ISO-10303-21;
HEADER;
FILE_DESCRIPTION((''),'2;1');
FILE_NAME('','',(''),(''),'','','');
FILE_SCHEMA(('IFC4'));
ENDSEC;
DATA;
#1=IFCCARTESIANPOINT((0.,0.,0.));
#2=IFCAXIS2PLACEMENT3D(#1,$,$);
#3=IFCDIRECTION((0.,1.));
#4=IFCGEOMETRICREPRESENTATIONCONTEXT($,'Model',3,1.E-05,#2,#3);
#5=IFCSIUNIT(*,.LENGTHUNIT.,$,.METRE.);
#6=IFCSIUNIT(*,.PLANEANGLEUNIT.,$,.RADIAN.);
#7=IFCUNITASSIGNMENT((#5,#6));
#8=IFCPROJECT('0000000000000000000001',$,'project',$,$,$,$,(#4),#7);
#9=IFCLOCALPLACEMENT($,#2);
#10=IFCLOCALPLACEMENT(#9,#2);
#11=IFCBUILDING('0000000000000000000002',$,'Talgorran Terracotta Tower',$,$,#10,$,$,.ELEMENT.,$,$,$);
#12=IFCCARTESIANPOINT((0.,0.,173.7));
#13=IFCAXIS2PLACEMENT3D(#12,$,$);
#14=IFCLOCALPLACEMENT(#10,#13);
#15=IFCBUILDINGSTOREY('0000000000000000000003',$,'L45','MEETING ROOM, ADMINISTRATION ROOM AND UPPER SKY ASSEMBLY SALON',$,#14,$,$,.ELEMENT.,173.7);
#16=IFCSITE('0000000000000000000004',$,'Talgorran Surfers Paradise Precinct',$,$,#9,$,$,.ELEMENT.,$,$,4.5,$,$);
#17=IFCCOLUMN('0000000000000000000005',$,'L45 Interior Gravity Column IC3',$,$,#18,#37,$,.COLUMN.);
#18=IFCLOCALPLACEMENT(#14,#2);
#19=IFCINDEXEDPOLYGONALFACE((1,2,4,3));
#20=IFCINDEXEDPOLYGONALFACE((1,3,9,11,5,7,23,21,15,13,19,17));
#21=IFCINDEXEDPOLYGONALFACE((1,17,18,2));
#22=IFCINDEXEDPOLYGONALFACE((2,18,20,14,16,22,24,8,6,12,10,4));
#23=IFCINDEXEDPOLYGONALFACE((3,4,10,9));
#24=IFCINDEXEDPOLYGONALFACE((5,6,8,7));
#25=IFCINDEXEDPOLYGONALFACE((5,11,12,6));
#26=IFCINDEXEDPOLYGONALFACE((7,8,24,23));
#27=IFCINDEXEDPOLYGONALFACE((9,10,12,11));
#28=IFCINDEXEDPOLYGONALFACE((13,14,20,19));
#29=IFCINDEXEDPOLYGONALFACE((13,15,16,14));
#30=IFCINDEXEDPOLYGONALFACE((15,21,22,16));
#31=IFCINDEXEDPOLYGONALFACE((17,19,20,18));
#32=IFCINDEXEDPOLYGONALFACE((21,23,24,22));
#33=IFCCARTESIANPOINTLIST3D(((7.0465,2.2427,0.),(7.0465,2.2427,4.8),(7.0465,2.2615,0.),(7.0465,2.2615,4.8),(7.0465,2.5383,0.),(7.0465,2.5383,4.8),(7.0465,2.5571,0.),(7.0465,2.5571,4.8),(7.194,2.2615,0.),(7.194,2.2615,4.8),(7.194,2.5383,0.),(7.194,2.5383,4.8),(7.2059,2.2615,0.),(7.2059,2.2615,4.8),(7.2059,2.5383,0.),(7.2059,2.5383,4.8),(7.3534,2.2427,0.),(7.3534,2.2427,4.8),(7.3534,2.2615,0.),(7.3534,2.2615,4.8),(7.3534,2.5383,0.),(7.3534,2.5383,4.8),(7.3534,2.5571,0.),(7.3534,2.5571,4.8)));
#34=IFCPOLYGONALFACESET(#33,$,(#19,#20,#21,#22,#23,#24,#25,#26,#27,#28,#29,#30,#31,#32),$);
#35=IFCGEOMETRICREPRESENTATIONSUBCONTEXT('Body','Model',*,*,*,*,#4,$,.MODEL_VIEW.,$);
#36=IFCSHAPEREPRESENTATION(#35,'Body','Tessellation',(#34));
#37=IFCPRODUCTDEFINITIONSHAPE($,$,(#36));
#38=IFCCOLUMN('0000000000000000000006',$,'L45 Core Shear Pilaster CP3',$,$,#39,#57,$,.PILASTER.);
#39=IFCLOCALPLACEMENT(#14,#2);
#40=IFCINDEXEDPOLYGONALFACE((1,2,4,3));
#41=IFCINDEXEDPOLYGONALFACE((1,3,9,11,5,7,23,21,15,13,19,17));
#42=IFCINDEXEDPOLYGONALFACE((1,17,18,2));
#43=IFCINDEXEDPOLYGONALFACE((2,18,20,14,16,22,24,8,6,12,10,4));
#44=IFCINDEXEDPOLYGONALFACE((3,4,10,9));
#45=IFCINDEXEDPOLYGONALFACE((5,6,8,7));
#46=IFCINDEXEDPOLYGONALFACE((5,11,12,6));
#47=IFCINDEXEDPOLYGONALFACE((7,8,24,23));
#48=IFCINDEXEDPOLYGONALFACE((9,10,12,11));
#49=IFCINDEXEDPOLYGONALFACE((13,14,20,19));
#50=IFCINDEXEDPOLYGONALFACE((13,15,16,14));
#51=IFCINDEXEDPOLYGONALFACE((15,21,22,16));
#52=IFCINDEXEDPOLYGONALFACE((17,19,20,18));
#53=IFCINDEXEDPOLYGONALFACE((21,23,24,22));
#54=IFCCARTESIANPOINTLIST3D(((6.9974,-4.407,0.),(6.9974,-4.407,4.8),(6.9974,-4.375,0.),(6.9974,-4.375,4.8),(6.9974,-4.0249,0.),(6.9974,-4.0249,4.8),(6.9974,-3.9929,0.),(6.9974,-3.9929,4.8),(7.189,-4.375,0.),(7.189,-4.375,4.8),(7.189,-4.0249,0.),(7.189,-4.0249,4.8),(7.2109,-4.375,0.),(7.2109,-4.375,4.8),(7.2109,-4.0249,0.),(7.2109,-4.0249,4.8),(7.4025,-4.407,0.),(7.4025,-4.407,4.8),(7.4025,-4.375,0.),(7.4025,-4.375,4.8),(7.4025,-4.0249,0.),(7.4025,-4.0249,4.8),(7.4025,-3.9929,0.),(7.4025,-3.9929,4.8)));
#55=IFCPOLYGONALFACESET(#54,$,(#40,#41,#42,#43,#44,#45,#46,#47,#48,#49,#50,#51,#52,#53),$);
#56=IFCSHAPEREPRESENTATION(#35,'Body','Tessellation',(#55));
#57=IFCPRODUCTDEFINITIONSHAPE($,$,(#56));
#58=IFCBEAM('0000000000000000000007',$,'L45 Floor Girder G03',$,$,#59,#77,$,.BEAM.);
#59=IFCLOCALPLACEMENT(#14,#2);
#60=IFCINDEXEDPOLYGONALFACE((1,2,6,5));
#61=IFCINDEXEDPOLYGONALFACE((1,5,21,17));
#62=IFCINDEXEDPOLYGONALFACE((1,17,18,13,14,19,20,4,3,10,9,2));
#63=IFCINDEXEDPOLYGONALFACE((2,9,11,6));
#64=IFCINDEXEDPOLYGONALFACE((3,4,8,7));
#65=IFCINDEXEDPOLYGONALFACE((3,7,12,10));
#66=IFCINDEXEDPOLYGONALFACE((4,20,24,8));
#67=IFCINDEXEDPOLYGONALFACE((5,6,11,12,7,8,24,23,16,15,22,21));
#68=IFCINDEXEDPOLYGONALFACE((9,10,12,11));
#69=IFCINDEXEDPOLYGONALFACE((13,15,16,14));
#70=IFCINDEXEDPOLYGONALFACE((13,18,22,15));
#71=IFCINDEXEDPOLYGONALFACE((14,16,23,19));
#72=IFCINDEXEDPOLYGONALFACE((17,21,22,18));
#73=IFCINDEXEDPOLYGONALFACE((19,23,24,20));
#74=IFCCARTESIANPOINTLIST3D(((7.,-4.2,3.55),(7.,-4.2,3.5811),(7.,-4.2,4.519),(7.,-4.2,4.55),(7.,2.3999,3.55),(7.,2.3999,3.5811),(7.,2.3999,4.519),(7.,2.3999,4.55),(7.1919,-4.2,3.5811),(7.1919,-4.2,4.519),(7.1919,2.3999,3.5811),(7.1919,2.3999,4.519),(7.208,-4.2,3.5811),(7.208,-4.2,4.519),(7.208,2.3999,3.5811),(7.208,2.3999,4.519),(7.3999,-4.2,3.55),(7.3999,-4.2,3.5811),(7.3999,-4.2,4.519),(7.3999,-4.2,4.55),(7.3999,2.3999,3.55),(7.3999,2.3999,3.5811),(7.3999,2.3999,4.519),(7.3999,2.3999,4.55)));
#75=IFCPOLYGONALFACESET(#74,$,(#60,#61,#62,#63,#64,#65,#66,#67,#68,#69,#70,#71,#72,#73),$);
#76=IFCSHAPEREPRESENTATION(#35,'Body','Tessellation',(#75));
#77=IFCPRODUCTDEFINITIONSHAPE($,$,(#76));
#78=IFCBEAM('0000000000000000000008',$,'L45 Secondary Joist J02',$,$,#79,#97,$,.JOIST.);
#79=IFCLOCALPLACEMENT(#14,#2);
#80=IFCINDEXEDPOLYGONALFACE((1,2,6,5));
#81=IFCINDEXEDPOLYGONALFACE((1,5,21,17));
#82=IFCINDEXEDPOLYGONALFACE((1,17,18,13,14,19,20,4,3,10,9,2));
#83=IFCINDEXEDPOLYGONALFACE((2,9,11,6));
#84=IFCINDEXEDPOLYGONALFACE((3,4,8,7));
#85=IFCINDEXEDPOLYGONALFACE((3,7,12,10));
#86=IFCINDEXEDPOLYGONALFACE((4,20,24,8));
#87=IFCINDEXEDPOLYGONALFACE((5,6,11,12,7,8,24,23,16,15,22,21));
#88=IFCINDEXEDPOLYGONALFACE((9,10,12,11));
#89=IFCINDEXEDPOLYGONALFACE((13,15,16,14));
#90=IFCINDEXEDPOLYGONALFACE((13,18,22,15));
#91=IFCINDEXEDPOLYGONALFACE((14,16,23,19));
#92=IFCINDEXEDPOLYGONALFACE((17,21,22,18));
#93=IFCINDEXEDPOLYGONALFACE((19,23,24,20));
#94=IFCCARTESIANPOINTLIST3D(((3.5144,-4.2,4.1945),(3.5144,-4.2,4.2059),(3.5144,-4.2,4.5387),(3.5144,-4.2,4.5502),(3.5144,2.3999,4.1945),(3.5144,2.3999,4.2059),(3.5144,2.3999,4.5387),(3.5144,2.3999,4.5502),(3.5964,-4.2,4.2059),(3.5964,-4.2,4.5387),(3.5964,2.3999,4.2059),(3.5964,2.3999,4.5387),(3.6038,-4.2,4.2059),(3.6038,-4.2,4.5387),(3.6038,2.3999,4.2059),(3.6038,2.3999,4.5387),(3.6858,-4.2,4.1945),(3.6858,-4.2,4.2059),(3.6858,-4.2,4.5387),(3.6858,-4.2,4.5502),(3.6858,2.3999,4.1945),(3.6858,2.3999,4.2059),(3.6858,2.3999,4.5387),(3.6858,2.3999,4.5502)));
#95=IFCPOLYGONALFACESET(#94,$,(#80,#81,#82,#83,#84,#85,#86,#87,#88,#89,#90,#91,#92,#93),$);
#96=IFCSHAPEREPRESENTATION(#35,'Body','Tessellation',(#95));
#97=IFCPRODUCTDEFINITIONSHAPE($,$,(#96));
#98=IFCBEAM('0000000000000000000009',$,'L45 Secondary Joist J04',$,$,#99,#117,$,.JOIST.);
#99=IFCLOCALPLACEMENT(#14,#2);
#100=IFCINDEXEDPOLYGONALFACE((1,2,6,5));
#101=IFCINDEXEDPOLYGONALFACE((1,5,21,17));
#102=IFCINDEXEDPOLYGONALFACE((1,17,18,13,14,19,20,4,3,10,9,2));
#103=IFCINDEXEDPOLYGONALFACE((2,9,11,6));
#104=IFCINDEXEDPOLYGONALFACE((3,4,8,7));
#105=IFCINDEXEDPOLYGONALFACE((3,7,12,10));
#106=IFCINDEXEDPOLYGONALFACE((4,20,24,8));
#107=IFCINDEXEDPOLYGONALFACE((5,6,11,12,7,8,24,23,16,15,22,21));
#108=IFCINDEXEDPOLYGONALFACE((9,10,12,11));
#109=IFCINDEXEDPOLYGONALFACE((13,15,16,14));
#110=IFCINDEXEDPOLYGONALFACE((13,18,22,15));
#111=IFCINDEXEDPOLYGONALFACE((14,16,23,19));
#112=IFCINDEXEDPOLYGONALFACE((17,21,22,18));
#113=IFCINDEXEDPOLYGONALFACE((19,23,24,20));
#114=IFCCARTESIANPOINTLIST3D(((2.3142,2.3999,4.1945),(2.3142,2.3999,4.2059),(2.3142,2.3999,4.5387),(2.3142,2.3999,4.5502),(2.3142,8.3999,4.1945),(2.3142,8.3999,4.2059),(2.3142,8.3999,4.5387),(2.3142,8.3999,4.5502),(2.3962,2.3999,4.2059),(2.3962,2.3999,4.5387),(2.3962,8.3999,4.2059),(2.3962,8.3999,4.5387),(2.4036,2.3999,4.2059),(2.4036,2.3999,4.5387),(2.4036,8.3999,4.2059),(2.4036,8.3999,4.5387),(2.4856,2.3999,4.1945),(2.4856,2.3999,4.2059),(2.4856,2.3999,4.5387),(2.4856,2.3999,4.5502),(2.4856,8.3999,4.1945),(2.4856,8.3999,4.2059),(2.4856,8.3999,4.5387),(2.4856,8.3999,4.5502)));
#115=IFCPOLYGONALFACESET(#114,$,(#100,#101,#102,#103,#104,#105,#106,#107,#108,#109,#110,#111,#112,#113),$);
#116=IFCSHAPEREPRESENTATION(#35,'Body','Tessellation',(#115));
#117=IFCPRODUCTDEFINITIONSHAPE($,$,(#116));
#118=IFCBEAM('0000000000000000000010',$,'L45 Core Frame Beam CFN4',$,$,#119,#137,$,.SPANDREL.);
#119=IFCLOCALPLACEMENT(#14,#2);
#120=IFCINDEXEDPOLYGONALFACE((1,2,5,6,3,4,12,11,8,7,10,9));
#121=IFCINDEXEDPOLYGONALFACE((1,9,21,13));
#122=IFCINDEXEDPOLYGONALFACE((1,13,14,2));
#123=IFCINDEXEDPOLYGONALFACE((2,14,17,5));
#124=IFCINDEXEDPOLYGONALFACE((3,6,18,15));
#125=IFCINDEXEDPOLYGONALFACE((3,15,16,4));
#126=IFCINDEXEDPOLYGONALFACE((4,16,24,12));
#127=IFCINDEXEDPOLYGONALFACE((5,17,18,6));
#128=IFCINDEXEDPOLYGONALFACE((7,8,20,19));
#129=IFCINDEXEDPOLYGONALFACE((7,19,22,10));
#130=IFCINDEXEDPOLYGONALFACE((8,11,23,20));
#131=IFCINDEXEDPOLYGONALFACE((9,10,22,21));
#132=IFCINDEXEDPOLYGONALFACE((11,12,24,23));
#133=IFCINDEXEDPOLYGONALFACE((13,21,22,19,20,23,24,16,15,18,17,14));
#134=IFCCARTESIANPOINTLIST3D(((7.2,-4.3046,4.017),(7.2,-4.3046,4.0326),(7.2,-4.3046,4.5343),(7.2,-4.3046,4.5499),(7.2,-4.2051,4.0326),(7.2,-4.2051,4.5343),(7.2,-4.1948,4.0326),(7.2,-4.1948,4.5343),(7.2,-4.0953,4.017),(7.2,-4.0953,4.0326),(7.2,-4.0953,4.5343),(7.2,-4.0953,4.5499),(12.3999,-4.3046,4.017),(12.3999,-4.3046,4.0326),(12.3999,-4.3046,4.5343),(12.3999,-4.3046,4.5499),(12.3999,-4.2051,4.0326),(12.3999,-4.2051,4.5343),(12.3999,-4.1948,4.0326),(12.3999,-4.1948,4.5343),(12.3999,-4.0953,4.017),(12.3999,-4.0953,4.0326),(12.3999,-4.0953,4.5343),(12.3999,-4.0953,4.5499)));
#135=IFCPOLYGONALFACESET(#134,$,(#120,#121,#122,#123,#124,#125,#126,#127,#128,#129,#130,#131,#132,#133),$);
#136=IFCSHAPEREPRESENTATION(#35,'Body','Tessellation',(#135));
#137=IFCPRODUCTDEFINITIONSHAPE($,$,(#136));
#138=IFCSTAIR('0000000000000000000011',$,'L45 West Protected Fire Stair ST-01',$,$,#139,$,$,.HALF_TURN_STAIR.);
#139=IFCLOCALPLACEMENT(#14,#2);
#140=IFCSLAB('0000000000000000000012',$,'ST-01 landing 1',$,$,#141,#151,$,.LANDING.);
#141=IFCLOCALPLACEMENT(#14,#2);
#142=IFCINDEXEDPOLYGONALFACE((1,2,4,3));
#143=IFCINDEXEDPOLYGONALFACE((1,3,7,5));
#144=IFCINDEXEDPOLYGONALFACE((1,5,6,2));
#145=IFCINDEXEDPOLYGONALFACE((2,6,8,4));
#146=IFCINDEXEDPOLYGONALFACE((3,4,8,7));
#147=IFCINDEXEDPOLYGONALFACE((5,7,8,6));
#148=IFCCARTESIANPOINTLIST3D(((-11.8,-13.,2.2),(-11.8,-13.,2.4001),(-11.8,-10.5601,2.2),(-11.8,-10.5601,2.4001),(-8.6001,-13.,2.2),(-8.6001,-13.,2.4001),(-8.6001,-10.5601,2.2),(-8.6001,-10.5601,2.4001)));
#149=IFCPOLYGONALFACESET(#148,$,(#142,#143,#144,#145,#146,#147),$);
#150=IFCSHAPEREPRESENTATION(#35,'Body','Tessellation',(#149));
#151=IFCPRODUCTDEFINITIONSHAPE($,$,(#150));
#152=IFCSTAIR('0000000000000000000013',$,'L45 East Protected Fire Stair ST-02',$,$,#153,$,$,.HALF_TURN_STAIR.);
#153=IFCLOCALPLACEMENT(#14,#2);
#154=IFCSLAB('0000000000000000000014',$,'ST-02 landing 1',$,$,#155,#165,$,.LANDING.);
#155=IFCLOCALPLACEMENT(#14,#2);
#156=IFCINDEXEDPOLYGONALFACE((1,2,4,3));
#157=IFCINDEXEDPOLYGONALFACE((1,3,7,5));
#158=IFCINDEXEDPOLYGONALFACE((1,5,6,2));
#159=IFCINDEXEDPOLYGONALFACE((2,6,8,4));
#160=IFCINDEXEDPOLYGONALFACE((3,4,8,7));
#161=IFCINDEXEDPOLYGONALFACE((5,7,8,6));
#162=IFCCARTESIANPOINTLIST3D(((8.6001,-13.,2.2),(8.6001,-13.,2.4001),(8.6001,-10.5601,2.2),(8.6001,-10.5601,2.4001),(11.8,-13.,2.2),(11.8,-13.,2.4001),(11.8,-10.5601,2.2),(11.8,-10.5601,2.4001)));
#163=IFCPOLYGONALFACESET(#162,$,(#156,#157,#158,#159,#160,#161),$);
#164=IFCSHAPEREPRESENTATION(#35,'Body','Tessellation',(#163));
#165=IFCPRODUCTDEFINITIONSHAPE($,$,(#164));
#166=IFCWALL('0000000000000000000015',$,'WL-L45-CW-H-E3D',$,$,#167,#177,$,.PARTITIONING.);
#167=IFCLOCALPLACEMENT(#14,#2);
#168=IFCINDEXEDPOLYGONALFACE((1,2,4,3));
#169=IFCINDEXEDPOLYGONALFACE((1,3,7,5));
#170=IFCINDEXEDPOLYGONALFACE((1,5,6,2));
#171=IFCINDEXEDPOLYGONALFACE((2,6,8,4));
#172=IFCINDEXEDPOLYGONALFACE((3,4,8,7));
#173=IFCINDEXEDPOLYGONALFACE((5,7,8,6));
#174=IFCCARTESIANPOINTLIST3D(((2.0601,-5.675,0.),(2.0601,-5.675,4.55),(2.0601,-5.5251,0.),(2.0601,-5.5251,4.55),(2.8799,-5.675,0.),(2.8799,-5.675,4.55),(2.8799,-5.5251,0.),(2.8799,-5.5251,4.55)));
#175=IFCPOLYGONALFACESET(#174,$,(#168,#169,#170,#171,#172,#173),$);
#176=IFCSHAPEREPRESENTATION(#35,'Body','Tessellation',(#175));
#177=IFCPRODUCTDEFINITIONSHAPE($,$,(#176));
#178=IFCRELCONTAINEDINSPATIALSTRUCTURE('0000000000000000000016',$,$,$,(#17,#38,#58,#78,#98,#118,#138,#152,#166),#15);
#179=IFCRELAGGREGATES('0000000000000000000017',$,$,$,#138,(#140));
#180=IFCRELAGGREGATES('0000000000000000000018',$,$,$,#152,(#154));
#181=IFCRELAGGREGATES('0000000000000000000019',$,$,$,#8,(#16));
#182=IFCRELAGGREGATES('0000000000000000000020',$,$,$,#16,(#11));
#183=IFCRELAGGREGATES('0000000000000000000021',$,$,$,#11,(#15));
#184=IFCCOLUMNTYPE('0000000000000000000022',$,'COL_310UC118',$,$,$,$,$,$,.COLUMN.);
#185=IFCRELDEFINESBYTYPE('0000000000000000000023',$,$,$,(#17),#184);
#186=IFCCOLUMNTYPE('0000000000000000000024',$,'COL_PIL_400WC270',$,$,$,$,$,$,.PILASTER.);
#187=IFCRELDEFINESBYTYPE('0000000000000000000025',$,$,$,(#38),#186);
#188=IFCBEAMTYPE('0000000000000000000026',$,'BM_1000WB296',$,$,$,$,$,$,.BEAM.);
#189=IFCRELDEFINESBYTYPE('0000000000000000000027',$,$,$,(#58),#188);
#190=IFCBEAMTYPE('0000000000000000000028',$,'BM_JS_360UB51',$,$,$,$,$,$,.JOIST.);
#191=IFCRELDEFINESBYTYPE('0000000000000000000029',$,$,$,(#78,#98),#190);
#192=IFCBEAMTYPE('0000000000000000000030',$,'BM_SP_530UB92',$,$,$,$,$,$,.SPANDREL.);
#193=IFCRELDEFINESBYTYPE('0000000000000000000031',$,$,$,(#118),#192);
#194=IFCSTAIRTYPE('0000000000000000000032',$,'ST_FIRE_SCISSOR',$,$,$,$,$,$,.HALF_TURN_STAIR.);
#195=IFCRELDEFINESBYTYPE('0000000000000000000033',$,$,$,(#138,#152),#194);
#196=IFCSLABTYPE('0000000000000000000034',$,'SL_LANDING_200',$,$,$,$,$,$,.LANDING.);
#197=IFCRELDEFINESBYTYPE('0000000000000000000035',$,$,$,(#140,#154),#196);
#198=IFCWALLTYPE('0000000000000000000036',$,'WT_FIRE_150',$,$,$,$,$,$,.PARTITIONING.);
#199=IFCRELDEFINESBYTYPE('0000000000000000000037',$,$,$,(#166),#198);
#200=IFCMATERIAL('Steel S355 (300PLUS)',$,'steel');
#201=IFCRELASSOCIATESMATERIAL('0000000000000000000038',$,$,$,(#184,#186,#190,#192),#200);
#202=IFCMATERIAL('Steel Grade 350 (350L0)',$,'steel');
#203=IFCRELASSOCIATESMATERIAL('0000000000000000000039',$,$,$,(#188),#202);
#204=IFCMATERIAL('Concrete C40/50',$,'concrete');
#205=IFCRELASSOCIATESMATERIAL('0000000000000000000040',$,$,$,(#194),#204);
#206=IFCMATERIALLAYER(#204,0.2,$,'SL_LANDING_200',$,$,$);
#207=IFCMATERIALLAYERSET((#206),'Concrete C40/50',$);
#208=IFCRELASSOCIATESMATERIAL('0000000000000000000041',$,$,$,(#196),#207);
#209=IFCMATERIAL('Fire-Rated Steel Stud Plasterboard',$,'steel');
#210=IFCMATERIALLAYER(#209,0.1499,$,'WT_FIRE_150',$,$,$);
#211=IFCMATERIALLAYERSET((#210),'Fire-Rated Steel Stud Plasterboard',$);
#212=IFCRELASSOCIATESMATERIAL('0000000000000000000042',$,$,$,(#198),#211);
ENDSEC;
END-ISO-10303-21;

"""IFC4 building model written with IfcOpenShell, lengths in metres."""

from ifc_helpers import new_model, si_unit, direction, frame, frame_2d, origin, origin_2d, place, context, subcontext, project, spatial, polyline, rectangle, i_section, outline, extrude, material, layer, layer_set, material_profile, profile_set, type_object, element, aggregate, save


model = new_model("IFC4")

# Units and contexts
model_context = context("Model", 3, precision=1e-05, world=origin(), true_north=direction((0.0, 1.0)))
body_context = subcontext(model_context, "Body", "Model", "MODEL_VIEW")
ifc_project = project(units=[si_unit("LENGTHUNIT", "METRE"), si_unit("PLANEANGLEUNIT", "RADIAN")], contexts=[model_context])

# Site, building, storey
site_placement = place(None, origin())
site = spatial("IfcSite", under=ifc_project, at=site_placement, Name="Talgorran Surfers Paradise Precinct", CompositionType="ELEMENT", RefElevation=4.5)
building_placement = place(site_placement, origin())
building = spatial("IfcBuilding", under=site, at=building_placement, Name="Talgorran Terracotta Tower", CompositionType="ELEMENT")
storey_placement = place(building_placement, frame((0.0, 0.0, 173.7)))
storey = spatial("IfcBuildingStorey", under=building, at=storey_placement, Name="L45", Description="MEETING ROOM, ADMINISTRATION ROOM AND UPPER SKY ASSEMBLY SALON", CompositionType="ELEMENT", Elevation=173.7)

# Columns
ifc_material_1 = material(Name="Steel S355 (300PLUS)", Category="steel")
ifc_material_profile_1 = material_profile(ifc_material_1, i_section(OverallWidth=0.3069, OverallDepth=0.3145, WebThickness=0.012, FlangeThickness=0.0188, at=origin_2d()), Name="310UC118")
ifc_profile_set_1 = profile_set([ifc_material_profile_1], Name="Steel S355 (300PLUS)")
column_type_1 = type_object("IfcColumnType", Name="COL_310UC118", PredefinedType="COLUMN", material=ifc_profile_set_1)
column_1_placement = place(storey_placement, frame((7.2, 2.3999, 0.0), z_axis=(0.0, 0.0, 1.0), x_axis=(1.0, 0.0, 0.0)))
element("IfcColumn", 1, at=column_1_placement, inside=storey, type_object=column_type_1, Name="L45 Interior Gravity Column IC3", PredefinedType="COLUMN", context=body_context, shape_type="SweptSolid", body=[
    extrude(i_section(OverallWidth=0.3069, OverallDepth=0.3145, WebThickness=0.012, FlangeThickness=0.0188, at=origin_2d()), origin(), (0.0, 0.0, 1.0), 4.8),
])
ifc_material_profile_2 = material_profile(ifc_material_1, i_section(OverallWidth=0.405, OverallDepth=0.4141, WebThickness=0.022, FlangeThickness=0.032, at=origin_2d()), Name="400WC270")
ifc_profile_set_2 = profile_set([ifc_material_profile_2], Name="Steel S355 (300PLUS)")
column_type_2 = type_object("IfcColumnType", Name="COL_PIL_400WC270", PredefinedType="PILASTER", material=ifc_profile_set_2)
column_2_placement = place(storey_placement, frame((7.2, -4.2, 0.0), z_axis=(0.0, 0.0, 1.0), x_axis=(1.0, 0.0, 0.0)))
element("IfcColumn", 2, at=column_2_placement, inside=storey, type_object=column_type_2, Name="L45 Core Shear Pilaster CP3", PredefinedType="PILASTER", context=body_context, shape_type="SweptSolid", body=[
    extrude(i_section(OverallWidth=0.405, OverallDepth=0.4141, WebThickness=0.022, FlangeThickness=0.032, at=origin_2d()), origin(), (0.0, 0.0, 1.0), 4.8),
])

# Beams
ifc_material_2 = material(Name="Steel Grade 350 (350L0)", Category="steel")
ifc_material_profile_3 = material_profile(ifc_material_2, i_section(OverallWidth=0.3999, OverallDepth=1.0, WebThickness=0.0161, FlangeThickness=0.031, at=origin_2d()), Name="1000WB296")
ifc_profile_set_3 = profile_set([ifc_material_profile_3], Name="Steel Grade 350 (350L0)")
beam_type_1 = type_object("IfcBeamType", Name="BM_1000WB296", PredefinedType="BEAM", material=ifc_profile_set_3)
beam_1_placement = place(storey_placement, frame((7.2, -4.2, 4.05), z_axis=(0.0, 1.0, 0.0), x_axis=(-1.0, 0.0, 0.0)))
element("IfcBeam", 3, at=beam_1_placement, inside=storey, type_object=beam_type_1, Name="L45 Floor Girder G03", PredefinedType="BEAM", context=body_context, shape_type="SweptSolid", body=[
    extrude(i_section(OverallWidth=0.3999, OverallDepth=1.0, WebThickness=0.0161, FlangeThickness=0.031, at=origin_2d()), origin(), (0.0, 0.0, 1.0), 6.5999),
])
ifc_material_profile_4 = material_profile(ifc_material_1, i_section(OverallWidth=0.1714, OverallDepth=0.3557, WebThickness=0.0073, FlangeThickness=0.0115, at=origin_2d()), Name="360UB50.7")
ifc_profile_set_4 = profile_set([ifc_material_profile_4], Name="Steel S355 (300PLUS)")
beam_type_2 = type_object("IfcBeamType", Name="BM_JS_360UB51", PredefinedType="JOIST", material=ifc_profile_set_4)
beam_2_placement = place(storey_placement, frame((3.6001, -4.2, 4.3723), z_axis=(0.0, 1.0, 0.0), x_axis=(-1.0, 0.0, 0.0)))
element("IfcBeam", 4, at=beam_2_placement, inside=storey, type_object=beam_type_2, Name="L45 Secondary Joist J02", PredefinedType="JOIST", context=body_context, shape_type="SweptSolid", body=[
    extrude(i_section(OverallWidth=0.1714, OverallDepth=0.3557, WebThickness=0.0073, FlangeThickness=0.0115, at=origin_2d()), origin(), (0.0, 0.0, 1.0), 6.5999),
])
beam_3_placement = place(storey_placement, frame((2.3999, 2.3999, 4.3723), z_axis=(0.0, 1.0, 0.0), x_axis=(-1.0, 0.0, 0.0)))
element("IfcBeam", 5, at=beam_3_placement, inside=storey, type_object=beam_type_2, Name="L45 Secondary Joist J04", PredefinedType="JOIST", context=body_context, shape_type="SweptSolid", body=[
    extrude(i_section(OverallWidth=0.1714, OverallDepth=0.3557, WebThickness=0.0073, FlangeThickness=0.0115, at=origin_2d()), origin(), (0.0, 0.0, 1.0), 6.0),
])
ifc_material_profile_5 = material_profile(ifc_material_1, i_section(OverallWidth=0.2092, OverallDepth=0.533, WebThickness=0.0103, FlangeThickness=0.0156, at=origin_2d()), Name="530UB92.4")
ifc_profile_set_5 = profile_set([ifc_material_profile_5], Name="Steel S355 (300PLUS)")
beam_type_3 = type_object("IfcBeamType", Name="BM_SP_530UB92", PredefinedType="SPANDREL", material=ifc_profile_set_5)
beam_4_placement = place(storey_placement, frame((7.2, -4.2, 4.2834), z_axis=(1.0, 0.0, 0.0), x_axis=(0.0, 1.0, 0.0)))
element("IfcBeam", 6, at=beam_4_placement, inside=storey, type_object=beam_type_3, Name="L45 Core Frame Beam CFN4", PredefinedType="SPANDREL", context=body_context, shape_type="SweptSolid", body=[
    extrude(i_section(OverallWidth=0.2092, OverallDepth=0.533, WebThickness=0.0103, FlangeThickness=0.0156, at=origin_2d()), origin(), (0.0, 0.0, 1.0), 5.2),
])

# Stairs, slabs
ifc_material_3 = material(Name="Concrete C40/50", Category="concrete")
stair_type = type_object("IfcStairType", Name="ST_FIRE_SCISSOR", PredefinedType="HALF_TURN_STAIR", material=ifc_material_3)
stair_1_placement = place(storey_placement, origin())
stair_1 = element("IfcStair", 7, at=stair_1_placement, inside=storey, type_object=stair_type, Name="L45 West Protected Fire Stair ST-01", PredefinedType="HALF_TURN_STAIR")
ifc_layer_1 = layer(ifc_material_3, 0.2, Name="SL_LANDING_200")
ifc_layer_set_1 = layer_set([ifc_layer_1], Name="Concrete C40/50")
slab_type = type_object("IfcSlabType", Name="SL_LANDING_200", PredefinedType="LANDING", material=ifc_layer_set_1)
slab_1_placement = place(storey_placement, frame((0.0, 0.0, 2.2)))
slab_1 = element("IfcSlab", 8, at=slab_1_placement, type_object=slab_type, Name="ST-01 landing 1", PredefinedType="LANDING", context=body_context, shape_type="SweptSolid", body=[
    extrude(outline(polyline([(-11.8, -10.5601), (-11.8, -13.0), (-8.6001, -13.0), (-8.6001, -10.5601), (-11.8, -10.5601)])), origin(), (0.0, 0.0, 1.0), 0.2002),
])
aggregate(stair_1, [slab_1])
stair_2_placement = place(storey_placement, origin())
stair_2 = element("IfcStair", 9, at=stair_2_placement, inside=storey, type_object=stair_type, Name="L45 East Protected Fire Stair ST-02", PredefinedType="HALF_TURN_STAIR")
slab_2_placement = place(storey_placement, frame((0.0, 0.0, 2.2)))
slab_2 = element("IfcSlab", 10, at=slab_2_placement, type_object=slab_type, Name="ST-02 landing 1", PredefinedType="LANDING", context=body_context, shape_type="SweptSolid", body=[
    extrude(outline(polyline([(8.6001, -10.5601), (8.6001, -13.0), (11.8, -13.0), (11.8, -10.5601), (8.6001, -10.5601)])), origin(), (0.0, 0.0, 1.0), 0.2002),
])
aggregate(stair_2, [slab_2])

# Wall
ifc_material_4 = material(Name="Fire-Rated Steel Stud Plasterboard", Category="steel")
ifc_layer_2 = layer(ifc_material_4, 0.1499, Name="WT_FIRE_150")
ifc_layer_set_2 = layer_set([ifc_layer_2], Name="Fire-Rated Steel Stud Plasterboard")
wall_type_1 = type_object("IfcWallType", Name="WT_FIRE_150", PredefinedType="PARTITIONING", material=ifc_layer_set_2)
wall_1_placement = place(storey_placement, frame((2.0601, -5.6001, 0.0), z_axis=(0.0, 0.0, 1.0), x_axis=(1.0, 0.0, 0.0)))
element("IfcWall", 11, at=wall_1_placement, inside=storey, type_object=wall_type_1, Name="WL-L45-CW-H-E3D", PredefinedType="PARTITIONING", context=body_context, shape_type="SweptSolid", body=[
    extrude(rectangle(XDim=0.8198, YDim=0.1499, at=frame_2d((0.4099, 0.0))), origin(), (0.0, 0.0, 1.0), 4.55),
])

save(model, "model.ifc")
